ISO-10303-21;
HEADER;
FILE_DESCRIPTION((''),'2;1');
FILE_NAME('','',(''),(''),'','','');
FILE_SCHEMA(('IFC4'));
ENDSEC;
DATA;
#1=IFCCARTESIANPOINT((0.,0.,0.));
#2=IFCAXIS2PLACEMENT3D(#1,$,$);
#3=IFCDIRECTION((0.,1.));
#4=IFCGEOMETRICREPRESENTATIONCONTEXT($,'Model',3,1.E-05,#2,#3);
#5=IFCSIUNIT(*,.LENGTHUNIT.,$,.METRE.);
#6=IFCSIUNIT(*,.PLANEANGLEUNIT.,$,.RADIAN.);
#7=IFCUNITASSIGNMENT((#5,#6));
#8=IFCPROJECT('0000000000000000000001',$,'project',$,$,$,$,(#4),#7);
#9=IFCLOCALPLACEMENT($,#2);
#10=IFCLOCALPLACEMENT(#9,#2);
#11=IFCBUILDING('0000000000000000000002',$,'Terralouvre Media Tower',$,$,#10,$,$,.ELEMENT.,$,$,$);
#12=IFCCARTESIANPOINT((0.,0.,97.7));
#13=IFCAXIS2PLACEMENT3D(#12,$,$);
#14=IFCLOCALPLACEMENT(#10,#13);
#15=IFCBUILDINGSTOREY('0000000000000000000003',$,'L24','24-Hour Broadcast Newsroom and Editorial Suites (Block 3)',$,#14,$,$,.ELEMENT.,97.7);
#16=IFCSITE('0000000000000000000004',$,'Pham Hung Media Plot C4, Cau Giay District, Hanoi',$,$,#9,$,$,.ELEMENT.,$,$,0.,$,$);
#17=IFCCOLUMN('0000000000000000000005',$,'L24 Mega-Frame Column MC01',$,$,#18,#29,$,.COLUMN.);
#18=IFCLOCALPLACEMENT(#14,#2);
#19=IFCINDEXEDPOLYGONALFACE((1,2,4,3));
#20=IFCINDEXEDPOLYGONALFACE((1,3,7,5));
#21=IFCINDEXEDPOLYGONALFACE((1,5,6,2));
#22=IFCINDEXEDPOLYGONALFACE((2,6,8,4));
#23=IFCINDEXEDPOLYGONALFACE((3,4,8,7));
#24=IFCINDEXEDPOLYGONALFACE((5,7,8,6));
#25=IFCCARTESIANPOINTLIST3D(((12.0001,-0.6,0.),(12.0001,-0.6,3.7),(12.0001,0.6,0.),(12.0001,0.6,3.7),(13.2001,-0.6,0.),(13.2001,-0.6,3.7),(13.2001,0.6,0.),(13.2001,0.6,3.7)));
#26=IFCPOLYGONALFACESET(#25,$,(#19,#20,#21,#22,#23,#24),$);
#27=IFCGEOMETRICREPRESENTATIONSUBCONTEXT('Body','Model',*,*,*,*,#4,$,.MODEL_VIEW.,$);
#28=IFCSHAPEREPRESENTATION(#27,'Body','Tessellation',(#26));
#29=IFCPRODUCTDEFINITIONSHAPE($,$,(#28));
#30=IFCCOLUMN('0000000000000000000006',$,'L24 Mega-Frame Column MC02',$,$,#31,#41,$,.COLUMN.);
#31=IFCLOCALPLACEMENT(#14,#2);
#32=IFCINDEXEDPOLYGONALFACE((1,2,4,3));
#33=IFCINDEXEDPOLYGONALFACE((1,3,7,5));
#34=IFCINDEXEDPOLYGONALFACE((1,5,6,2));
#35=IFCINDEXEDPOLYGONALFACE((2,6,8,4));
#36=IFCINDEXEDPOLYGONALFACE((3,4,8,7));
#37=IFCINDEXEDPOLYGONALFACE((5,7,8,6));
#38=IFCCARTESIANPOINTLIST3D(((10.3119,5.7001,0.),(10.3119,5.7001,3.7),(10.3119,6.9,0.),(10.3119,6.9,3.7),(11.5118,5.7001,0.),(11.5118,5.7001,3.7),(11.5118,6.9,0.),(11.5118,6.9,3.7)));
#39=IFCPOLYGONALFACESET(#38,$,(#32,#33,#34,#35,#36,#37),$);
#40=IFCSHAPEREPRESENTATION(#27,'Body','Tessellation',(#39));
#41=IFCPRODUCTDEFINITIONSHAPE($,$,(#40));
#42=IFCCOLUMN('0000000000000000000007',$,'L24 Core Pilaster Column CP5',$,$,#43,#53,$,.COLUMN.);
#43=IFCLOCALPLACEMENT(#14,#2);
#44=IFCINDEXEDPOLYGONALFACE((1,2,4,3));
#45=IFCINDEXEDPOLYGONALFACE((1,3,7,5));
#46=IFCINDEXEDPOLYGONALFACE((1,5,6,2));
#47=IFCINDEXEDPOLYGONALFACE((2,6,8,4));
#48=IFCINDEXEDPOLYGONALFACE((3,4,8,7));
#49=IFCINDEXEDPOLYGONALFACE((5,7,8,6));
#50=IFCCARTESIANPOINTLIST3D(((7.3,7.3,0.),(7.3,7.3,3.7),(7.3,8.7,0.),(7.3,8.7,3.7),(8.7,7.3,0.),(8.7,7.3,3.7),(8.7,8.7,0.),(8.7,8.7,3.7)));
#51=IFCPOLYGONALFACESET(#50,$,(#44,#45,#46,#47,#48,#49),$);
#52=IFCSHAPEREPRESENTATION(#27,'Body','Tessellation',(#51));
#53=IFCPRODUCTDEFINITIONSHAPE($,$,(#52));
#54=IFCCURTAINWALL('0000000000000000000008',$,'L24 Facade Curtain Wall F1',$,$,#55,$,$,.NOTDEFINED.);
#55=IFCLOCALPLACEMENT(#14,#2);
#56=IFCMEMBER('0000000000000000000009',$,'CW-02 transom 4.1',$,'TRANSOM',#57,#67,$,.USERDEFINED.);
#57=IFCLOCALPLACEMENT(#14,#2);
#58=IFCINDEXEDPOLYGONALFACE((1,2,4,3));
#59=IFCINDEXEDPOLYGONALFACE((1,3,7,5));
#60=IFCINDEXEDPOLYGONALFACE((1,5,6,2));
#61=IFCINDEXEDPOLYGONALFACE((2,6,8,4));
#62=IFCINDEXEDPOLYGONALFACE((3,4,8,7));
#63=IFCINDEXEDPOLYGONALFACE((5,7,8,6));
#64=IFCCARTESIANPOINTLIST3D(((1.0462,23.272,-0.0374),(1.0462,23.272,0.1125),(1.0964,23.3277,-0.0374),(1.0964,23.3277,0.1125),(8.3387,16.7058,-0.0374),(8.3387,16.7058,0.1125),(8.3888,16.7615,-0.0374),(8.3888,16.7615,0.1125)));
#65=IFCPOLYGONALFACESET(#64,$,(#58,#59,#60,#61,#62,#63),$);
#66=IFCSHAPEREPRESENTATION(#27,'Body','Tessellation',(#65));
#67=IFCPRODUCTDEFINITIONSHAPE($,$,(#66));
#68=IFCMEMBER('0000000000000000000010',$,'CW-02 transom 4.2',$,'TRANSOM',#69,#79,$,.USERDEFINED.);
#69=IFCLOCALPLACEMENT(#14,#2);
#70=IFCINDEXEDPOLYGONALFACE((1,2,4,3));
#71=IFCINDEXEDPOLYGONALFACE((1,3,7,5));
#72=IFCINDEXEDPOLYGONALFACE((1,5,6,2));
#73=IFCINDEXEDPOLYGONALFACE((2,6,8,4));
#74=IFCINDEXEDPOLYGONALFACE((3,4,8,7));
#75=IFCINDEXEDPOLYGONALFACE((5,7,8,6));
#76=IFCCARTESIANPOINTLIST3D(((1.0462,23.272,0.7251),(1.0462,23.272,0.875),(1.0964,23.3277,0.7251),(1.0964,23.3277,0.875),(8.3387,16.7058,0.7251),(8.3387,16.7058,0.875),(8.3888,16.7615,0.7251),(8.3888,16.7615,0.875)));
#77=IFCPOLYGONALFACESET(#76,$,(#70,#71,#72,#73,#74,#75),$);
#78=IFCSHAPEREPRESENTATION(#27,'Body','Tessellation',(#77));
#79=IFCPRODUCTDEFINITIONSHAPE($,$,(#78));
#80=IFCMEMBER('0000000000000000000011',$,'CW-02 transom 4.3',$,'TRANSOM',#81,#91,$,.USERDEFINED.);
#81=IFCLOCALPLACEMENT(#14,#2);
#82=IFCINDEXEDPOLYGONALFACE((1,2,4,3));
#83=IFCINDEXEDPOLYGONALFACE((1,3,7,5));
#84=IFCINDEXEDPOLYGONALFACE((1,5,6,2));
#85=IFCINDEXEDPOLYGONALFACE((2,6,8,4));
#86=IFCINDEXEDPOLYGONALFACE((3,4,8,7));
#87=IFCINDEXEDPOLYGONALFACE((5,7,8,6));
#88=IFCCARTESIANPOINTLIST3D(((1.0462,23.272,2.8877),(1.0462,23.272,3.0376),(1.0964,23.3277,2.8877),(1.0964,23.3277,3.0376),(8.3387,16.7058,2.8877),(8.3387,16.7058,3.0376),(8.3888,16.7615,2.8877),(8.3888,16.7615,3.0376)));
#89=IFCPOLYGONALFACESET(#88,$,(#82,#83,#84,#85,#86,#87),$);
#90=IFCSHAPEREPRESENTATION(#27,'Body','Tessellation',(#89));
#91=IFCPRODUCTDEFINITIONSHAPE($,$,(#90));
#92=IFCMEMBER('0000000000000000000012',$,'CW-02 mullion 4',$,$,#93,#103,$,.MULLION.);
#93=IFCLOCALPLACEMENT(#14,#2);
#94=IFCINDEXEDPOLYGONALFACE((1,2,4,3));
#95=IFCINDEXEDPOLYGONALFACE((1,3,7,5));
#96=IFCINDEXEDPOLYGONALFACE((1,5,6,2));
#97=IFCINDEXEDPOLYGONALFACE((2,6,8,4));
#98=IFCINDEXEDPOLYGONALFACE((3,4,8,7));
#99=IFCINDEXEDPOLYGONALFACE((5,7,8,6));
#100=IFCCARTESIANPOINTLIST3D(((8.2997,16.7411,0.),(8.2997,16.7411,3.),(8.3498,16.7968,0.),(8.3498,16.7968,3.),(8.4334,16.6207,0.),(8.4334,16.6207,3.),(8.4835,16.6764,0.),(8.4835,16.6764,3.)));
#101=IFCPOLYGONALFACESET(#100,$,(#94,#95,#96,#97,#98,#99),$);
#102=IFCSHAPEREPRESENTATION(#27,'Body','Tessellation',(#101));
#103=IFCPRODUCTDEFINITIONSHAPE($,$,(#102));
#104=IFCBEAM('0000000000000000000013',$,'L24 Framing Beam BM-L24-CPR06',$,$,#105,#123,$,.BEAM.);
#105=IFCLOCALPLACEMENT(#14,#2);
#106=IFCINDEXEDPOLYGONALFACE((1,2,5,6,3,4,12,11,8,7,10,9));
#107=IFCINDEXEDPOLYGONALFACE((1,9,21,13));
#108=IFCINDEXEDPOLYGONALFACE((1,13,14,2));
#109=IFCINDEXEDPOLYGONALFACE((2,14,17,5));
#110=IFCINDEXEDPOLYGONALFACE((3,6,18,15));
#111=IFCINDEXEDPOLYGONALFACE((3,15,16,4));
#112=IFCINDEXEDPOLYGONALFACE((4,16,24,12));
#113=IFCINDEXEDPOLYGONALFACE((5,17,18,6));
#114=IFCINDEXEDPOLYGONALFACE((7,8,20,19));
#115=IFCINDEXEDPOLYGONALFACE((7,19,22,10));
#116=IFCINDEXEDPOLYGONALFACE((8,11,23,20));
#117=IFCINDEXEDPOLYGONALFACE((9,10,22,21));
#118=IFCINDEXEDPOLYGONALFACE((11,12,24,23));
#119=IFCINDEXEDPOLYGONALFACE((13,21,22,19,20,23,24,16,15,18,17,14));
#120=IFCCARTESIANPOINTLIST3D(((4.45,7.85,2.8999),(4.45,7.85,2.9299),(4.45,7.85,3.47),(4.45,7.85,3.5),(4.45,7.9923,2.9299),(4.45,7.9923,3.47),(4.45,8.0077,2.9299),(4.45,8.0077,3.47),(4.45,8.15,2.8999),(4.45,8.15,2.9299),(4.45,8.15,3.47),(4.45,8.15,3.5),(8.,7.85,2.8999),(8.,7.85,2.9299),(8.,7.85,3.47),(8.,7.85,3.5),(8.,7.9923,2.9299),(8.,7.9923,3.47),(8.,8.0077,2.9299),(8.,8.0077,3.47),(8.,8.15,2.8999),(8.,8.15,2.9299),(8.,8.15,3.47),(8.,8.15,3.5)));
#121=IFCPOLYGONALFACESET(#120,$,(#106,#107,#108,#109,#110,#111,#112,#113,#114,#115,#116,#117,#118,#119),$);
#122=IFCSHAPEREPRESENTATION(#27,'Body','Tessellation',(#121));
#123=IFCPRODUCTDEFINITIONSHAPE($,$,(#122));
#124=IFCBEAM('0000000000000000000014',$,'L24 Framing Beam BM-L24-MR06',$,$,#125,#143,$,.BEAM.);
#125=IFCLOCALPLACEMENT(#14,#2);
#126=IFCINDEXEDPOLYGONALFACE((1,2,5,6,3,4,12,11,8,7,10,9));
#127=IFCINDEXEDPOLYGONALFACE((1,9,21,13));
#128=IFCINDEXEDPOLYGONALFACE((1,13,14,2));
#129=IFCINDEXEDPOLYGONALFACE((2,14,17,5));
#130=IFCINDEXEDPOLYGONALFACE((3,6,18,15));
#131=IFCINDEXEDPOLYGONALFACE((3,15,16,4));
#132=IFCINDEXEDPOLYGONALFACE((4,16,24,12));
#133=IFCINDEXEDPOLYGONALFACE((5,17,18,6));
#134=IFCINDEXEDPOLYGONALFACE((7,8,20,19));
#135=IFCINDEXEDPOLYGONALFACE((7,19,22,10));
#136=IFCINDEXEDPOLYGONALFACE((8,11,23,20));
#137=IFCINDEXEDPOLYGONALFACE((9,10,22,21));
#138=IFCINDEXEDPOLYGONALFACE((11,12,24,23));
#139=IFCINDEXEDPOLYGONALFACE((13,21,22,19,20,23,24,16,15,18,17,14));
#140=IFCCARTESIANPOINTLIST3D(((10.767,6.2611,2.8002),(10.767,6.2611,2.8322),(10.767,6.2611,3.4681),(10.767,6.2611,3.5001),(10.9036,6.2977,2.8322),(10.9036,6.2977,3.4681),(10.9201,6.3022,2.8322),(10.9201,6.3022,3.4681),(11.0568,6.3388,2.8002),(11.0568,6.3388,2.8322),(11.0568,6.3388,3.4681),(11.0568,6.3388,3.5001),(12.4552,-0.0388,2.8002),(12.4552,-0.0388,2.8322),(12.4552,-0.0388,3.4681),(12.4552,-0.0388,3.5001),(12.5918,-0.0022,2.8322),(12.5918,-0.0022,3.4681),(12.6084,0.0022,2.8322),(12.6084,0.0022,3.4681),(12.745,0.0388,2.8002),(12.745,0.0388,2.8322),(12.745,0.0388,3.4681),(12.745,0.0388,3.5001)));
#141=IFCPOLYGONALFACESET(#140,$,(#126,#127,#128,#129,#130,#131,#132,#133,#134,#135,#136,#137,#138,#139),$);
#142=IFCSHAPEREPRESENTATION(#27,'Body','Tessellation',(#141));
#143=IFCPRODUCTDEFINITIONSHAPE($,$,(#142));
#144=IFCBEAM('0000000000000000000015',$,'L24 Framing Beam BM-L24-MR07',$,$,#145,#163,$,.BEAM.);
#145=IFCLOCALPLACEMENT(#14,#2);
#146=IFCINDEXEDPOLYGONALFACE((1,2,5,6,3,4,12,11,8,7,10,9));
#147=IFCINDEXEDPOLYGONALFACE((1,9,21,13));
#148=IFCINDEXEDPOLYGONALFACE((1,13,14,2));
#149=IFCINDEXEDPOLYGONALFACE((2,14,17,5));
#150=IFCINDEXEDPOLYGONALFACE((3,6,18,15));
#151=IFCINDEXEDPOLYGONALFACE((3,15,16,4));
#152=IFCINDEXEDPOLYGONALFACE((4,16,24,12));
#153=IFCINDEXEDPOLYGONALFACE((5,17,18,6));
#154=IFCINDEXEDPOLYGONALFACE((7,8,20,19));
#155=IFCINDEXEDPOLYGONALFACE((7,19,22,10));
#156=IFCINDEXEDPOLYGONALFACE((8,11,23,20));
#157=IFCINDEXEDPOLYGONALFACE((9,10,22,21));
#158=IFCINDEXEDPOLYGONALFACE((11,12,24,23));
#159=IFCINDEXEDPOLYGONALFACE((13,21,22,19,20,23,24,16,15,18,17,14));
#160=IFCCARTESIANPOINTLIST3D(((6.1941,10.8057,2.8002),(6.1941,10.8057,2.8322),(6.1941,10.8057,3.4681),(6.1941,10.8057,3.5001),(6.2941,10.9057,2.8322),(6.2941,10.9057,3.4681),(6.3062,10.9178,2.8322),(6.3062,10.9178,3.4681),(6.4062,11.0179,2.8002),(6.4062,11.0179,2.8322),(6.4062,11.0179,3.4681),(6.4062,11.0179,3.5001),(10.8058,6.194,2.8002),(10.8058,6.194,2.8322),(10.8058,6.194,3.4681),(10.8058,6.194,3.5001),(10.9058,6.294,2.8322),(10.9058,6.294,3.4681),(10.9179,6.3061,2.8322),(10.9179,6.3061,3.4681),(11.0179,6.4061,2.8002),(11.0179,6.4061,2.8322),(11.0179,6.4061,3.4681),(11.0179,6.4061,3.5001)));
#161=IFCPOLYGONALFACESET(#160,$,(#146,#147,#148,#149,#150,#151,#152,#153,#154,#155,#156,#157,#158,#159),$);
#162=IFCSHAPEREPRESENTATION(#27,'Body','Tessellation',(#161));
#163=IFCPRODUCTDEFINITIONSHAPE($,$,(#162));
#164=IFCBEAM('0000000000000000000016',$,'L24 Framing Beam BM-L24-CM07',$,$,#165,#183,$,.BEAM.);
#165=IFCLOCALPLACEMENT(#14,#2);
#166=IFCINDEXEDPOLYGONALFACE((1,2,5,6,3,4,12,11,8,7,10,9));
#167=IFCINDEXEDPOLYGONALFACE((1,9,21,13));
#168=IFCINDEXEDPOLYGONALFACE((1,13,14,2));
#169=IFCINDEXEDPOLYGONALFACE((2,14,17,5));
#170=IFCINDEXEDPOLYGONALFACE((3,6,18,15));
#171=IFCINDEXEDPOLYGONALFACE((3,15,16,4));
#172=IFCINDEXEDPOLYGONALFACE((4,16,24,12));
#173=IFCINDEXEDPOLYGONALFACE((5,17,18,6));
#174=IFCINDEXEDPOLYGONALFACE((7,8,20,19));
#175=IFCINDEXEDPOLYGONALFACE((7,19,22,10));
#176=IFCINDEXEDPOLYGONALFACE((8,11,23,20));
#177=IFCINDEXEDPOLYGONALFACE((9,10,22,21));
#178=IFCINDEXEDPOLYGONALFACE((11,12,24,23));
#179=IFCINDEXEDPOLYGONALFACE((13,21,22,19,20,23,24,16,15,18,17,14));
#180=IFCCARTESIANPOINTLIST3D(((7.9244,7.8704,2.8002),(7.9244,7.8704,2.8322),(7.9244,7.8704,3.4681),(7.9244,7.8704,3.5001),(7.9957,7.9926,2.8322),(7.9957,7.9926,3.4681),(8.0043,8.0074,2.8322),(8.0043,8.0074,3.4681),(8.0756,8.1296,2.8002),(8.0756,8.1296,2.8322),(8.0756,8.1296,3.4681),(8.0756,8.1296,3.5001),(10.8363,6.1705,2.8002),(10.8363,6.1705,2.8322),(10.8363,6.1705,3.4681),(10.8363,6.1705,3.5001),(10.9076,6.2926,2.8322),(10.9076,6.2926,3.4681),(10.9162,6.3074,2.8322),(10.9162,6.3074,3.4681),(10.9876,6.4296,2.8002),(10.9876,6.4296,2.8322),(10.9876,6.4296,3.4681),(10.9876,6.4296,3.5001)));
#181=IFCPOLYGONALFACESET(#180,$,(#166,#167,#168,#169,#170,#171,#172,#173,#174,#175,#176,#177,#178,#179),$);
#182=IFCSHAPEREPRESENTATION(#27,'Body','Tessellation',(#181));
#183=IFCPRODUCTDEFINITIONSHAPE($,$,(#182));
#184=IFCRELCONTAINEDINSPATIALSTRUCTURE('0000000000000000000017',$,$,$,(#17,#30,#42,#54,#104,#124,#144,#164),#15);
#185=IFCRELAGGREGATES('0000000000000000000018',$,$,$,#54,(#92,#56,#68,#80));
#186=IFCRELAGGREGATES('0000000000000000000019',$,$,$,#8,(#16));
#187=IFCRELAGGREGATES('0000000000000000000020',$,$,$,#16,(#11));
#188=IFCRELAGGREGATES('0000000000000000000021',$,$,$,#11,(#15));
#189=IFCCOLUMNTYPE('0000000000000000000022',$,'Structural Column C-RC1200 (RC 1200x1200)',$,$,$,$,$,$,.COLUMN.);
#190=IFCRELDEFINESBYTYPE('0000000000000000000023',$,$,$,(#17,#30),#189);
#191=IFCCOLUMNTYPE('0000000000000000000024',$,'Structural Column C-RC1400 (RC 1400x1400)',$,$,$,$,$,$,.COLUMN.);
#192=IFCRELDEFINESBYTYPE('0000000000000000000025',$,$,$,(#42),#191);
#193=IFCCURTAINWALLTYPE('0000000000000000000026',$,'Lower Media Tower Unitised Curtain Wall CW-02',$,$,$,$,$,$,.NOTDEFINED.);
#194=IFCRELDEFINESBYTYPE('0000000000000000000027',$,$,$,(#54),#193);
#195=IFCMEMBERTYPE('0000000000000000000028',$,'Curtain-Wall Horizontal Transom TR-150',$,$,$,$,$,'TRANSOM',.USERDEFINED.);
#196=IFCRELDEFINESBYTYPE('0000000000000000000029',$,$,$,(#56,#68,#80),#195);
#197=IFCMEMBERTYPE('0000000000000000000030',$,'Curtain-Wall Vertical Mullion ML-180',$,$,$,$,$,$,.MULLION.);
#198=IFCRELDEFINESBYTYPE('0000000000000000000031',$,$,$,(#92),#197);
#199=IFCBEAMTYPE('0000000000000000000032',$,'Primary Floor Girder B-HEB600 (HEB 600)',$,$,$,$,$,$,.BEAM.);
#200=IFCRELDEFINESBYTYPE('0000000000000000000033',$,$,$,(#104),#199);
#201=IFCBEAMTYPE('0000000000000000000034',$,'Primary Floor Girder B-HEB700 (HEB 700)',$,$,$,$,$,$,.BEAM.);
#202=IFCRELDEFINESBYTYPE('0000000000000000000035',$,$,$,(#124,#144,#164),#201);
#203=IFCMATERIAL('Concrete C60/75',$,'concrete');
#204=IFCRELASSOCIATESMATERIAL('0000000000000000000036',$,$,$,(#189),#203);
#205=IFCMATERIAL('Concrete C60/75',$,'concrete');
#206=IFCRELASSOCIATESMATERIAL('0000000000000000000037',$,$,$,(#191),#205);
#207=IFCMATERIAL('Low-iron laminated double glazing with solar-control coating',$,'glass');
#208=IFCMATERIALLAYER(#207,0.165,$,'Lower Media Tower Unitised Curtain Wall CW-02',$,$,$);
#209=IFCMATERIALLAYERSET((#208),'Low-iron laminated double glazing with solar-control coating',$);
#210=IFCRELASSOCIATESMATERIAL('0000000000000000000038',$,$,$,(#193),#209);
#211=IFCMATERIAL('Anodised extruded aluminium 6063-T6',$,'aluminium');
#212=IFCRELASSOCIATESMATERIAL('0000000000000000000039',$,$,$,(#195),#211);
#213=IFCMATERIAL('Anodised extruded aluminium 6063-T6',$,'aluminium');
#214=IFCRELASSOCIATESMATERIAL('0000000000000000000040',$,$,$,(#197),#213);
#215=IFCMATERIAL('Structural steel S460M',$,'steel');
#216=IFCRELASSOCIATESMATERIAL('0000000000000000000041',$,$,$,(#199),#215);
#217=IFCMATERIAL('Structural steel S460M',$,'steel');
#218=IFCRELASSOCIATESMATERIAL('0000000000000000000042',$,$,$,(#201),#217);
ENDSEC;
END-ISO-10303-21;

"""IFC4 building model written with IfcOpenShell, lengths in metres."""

from ifc_helpers import new_model, si_unit, direction, frame, origin, origin_2d, place, context, subcontext, project, spatial, rectangle, i_section, extrude, material, layer, layer_set, material_profile, profile_set, type_object, element, aggregate, save


model = new_model("IFC4")

# Units and contexts
model_context = context("Model", 3, precision=1e-05, world=origin(), true_north=direction((0.0, 1.0)))
body_context = subcontext(model_context, "Body", "Model", "MODEL_VIEW")
ifc_project = project(units=[si_unit("LENGTHUNIT", "METRE"), si_unit("PLANEANGLEUNIT", "RADIAN")], contexts=[model_context])

# Site, building, storey
site_placement = place(None, origin())
site = spatial("IfcSite", under=ifc_project, at=site_placement, Name="Pham Hung Media Plot C4, Cau Giay District, Hanoi", CompositionType="ELEMENT", RefElevation=0.0)
building_placement = place(site_placement, origin())
building = spatial("IfcBuilding", under=site, at=building_placement, Name="Terralouvre Media Tower", CompositionType="ELEMENT")
storey_placement = place(building_placement, frame((0.0, 0.0, 97.7)))
storey = spatial("IfcBuildingStorey", under=building, at=storey_placement, Name="L24", Description="24-Hour Broadcast Newsroom and Editorial Suites (Block 3)", CompositionType="ELEMENT", Elevation=97.7)

# Columns
ifc_material_1 = material(Name="Concrete C60/75", Category="concrete")
ifc_material_profile_1 = material_profile(ifc_material_1, rectangle(XDim=1.2, YDim=1.2, at=origin_2d()), Name="RC 1200x1200")
ifc_profile_set_1 = profile_set([ifc_material_profile_1], Name="Concrete C60/75")
column_type_1 = type_object("IfcColumnType", Name="Structural Column C-RC1200 (RC 1200x1200)", PredefinedType="COLUMN", material=ifc_profile_set_1)
for number, where, z_axis, x_axis, name in (
    (1, (12.6001, 0.0, 0.0), (0.0, 0.0, 1.0), (1.0, 0.0, 0.0), "L24 Mega-Frame Column MC01"),
    (2, (10.9119, 6.3, 0.0), (0.0, 0.0, 1.0), (1.0, 0.0, 0.0), "L24 Mega-Frame Column MC02"),
):
    element("IfcColumn", number, at=place(storey_placement, frame(where, z_axis=z_axis, x_axis=x_axis)), inside=storey, type_object=column_type_1, Name=name, PredefinedType="COLUMN", context=body_context, shape_type="SweptSolid", body=[
        extrude(rectangle(XDim=1.2, YDim=1.2, at=origin_2d()), origin(), (0.0, 0.0, 1.0), 3.7),
    ])
ifc_material_2 = material(Name="Concrete C60/75", Category="concrete")
ifc_material_profile_2 = material_profile(ifc_material_2, rectangle(XDim=1.3999, YDim=1.3999, at=origin_2d()), Name="RC 1400x1400")
ifc_profile_set_2 = profile_set([ifc_material_profile_2], Name="Concrete C60/75")
column_type_2 = type_object("IfcColumnType", Name="Structural Column C-RC1400 (RC 1400x1400)", PredefinedType="COLUMN", material=ifc_profile_set_2)
column_placement = place(storey_placement, frame((8.0, 8.0, 0.0), z_axis=(0.0, 0.0, 1.0), x_axis=(1.0, 0.0, 0.0)))
element("IfcColumn", 3, at=column_placement, inside=storey, type_object=column_type_2, Name="L24 Core Pilaster Column CP5", PredefinedType="COLUMN", context=body_context, shape_type="SweptSolid", body=[
    extrude(rectangle(XDim=1.3999, YDim=1.3999, at=origin_2d()), origin(), (0.0, 0.0, 1.0), 3.7),
])

# Curtain wall, members
ifc_material_3 = material(Name="Low-iron laminated double glazing with solar-control coating", Category="glass")
ifc_layer_1 = layer(ifc_material_3, 0.165, Name="Lower Media Tower Unitised Curtain Wall CW-02")
ifc_layer_set_1 = layer_set([ifc_layer_1], Name="Low-iron laminated double glazing with solar-control coating")
curtain_wall_type = type_object("IfcCurtainWallType", Name="Lower Media Tower Unitised Curtain Wall CW-02", PredefinedType="NOTDEFINED", material=ifc_layer_set_1)
curtain_wall_placement = place(storey_placement, origin())
curtain_wall = element("IfcCurtainWall", 4, at=curtain_wall_placement, inside=storey, type_object=curtain_wall_type, Name="L24 Facade Curtain Wall F1", PredefinedType="NOTDEFINED")
ifc_material_4 = material(Name="Anodised extruded aluminium 6063-T6", Category="aluminium")
ifc_material_profile_3 = material_profile(ifc_material_4, rectangle(XDim=0.075, YDim=0.1499, at=origin_2d()), Name="ALU 75x150")
ifc_profile_set_3 = profile_set([ifc_material_profile_3], Name="Anodised extruded aluminium 6063-T6")
member_type_1 = type_object("IfcMemberType", Name="Curtain-Wall Horizontal Transom TR-150", ElementType="TRANSOM", PredefinedType="USERDEFINED", material=ifc_profile_set_3)
member_1_placement = place(storey_placement, frame((8.3638, 16.7336, 0.0376), z_axis=(-0.743146, 0.66913, 0.0), x_axis=(-0.66913, -0.743146, 0.0)))
member_1 = element("IfcMember", 5, at=member_1_placement, type_object=member_type_1, Name="CW-02 transom 4.1", ObjectType="TRANSOM", PredefinedType="USERDEFINED", context=body_context, shape_type="SweptSolid", body=[
    extrude(rectangle(XDim=0.075, YDim=0.1499, at=origin_2d()), origin(), (0.0, 0.0, 1.0), 9.813),
])
member_2_placement = place(storey_placement, frame((8.3638, 16.7336, 0.8), z_axis=(-0.743146, 0.66913, 0.0), x_axis=(-0.66913, -0.743146, 0.0)))
member_2 = element("IfcMember", 6, at=member_2_placement, type_object=member_type_1, Name="CW-02 transom 4.2", ObjectType="TRANSOM", PredefinedType="USERDEFINED", context=body_context, shape_type="SweptSolid", body=[
    extrude(rectangle(XDim=0.075, YDim=0.1499, at=origin_2d()), origin(), (0.0, 0.0, 1.0), 9.813),
])
member_3_placement = place(storey_placement, frame((8.3638, 16.7336, 2.9626), z_axis=(-0.743146, 0.66913, 0.0), x_axis=(-0.66913, -0.743146, 0.0)))
member_3 = element("IfcMember", 7, at=member_3_placement, type_object=member_type_1, Name="CW-02 transom 4.3", ObjectType="TRANSOM", PredefinedType="USERDEFINED", context=body_context, shape_type="SweptSolid", body=[
    extrude(rectangle(XDim=0.075, YDim=0.1499, at=origin_2d()), origin(), (0.0, 0.0, 1.0), 9.813),
])
ifc_material_5 = material(Name="Anodised extruded aluminium 6063-T6", Category="aluminium")
ifc_material_profile_4 = material_profile(ifc_material_5, rectangle(XDim=0.075, YDim=0.1799, at=origin_2d()), Name="ALU 75x180")
ifc_profile_set_4 = profile_set([ifc_material_profile_4], Name="Anodised extruded aluminium 6063-T6")
member_type_2 = type_object("IfcMemberType", Name="Curtain-Wall Vertical Mullion ML-180", PredefinedType="MULLION", material=ifc_profile_set_4)
member_4_placement = place(storey_placement, frame((8.3916, 16.7087, 0.0), z_axis=(0.0, 0.0, 1.0), x_axis=(-0.669131, -0.743145, 0.0)))
member_4 = element("IfcMember", 8, at=member_4_placement, type_object=member_type_2, Name="CW-02 mullion 4", PredefinedType="MULLION", context=body_context, shape_type="SweptSolid", body=[
    extrude(rectangle(XDim=0.075, YDim=0.1799, at=origin_2d()), origin(), (0.0, 0.0, 1.0), 3.0),
])

# Beams
ifc_material_6 = material(Name="Structural steel S460M", Category="steel")
ifc_material_profile_5 = material_profile(ifc_material_6, i_section(OverallWidth=0.3, OverallDepth=0.6001, WebThickness=0.0154, FlangeThickness=0.03, at=origin_2d()), Name="HEB 600")
ifc_profile_set_5 = profile_set([ifc_material_profile_5], Name="Structural steel S460M")
beam_type_1 = type_object("IfcBeamType", Name="Primary Floor Girder B-HEB600 (HEB 600)", PredefinedType="BEAM", material=ifc_profile_set_5)
beam_1_placement = place(storey_placement, frame((8.0, 8.0, 3.2), z_axis=(-1.0, 0.0, 0.0), x_axis=(0.0, -1.0, 0.0)))
element("IfcBeam", 9, at=beam_1_placement, inside=storey, type_object=beam_type_1, Name="L24 Framing Beam BM-L24-CPR06", PredefinedType="BEAM", context=body_context, shape_type="SweptSolid", body=[
    extrude(i_section(OverallWidth=0.3, OverallDepth=0.6001, WebThickness=0.0154, FlangeThickness=0.03, at=origin_2d()), origin(), (0.0, 0.0, 1.0), 3.55),
])
ifc_material_7 = material(Name="Structural steel S460M", Category="steel")
ifc_material_profile_6 = material_profile(ifc_material_7, i_section(OverallWidth=0.3, OverallDepth=0.7, WebThickness=0.0171, FlangeThickness=0.032, at=origin_2d()), Name="HEB 700")
ifc_profile_set_6 = profile_set([ifc_material_profile_6], Name="Structural steel S460M")
beam_type_2 = type_object("IfcBeamType", Name="Primary Floor Girder B-HEB700 (HEB 700)", PredefinedType="BEAM", material=ifc_profile_set_6)
beam_2_placement = place(storey_placement, frame((12.6001, 0.0, 3.1501), z_axis=(-0.258839, 0.96592, 0.0), x_axis=(-0.96592, -0.258839, 0.0)))
element("IfcBeam", 10, at=beam_2_placement, inside=storey, type_object=beam_type_2, Name="L24 Framing Beam BM-L24-MR06", PredefinedType="BEAM", context=body_context, shape_type="SweptSolid", body=[
    extrude(i_section(OverallWidth=0.3, OverallDepth=0.7, WebThickness=0.0171, FlangeThickness=0.032, at=origin_2d()), origin(), (0.0, 0.0, 1.0), 6.5222),
])
beam_3_placement = place(storey_placement, frame((10.9119, 6.3, 3.1501), z_axis=(-0.707107, 0.707107, 0.0), x_axis=(-0.707107, -0.707107, 0.0)))
element("IfcBeam", 11, at=beam_3_placement, inside=storey, type_object=beam_type_2, Name="L24 Framing Beam BM-L24-MR07", PredefinedType="BEAM", context=body_context, shape_type="SweptSolid", body=[
    extrude(i_section(OverallWidth=0.3, OverallDepth=0.7, WebThickness=0.0171, FlangeThickness=0.032, at=origin_2d()), origin(), (0.0, 0.0, 1.0), 6.522),
])
for number, where, z_axis, x_axis, name in (
    (12, (8.0, 8.0, 3.1501), (0.863603, -0.504173, 0.0), (0.504173, 0.863603, 0.0), "L24 Framing Beam BM-L24-CM07"),
):
    element("IfcBeam", number, at=place(storey_placement, frame(where, z_axis=z_axis, x_axis=x_axis)), inside=storey, type_object=beam_type_2, Name=name, PredefinedType="BEAM", context=body_context, shape_type="SweptSolid", body=[
        extrude(i_section(OverallWidth=0.3, OverallDepth=0.7, WebThickness=0.0171, FlangeThickness=0.032, at=origin_2d()), origin(), (0.0, 0.0, 1.0), 3.3718),
    ])

aggregate(curtain_wall, [member_4, member_1, member_2, member_3])

save(model, "model.ifc")
